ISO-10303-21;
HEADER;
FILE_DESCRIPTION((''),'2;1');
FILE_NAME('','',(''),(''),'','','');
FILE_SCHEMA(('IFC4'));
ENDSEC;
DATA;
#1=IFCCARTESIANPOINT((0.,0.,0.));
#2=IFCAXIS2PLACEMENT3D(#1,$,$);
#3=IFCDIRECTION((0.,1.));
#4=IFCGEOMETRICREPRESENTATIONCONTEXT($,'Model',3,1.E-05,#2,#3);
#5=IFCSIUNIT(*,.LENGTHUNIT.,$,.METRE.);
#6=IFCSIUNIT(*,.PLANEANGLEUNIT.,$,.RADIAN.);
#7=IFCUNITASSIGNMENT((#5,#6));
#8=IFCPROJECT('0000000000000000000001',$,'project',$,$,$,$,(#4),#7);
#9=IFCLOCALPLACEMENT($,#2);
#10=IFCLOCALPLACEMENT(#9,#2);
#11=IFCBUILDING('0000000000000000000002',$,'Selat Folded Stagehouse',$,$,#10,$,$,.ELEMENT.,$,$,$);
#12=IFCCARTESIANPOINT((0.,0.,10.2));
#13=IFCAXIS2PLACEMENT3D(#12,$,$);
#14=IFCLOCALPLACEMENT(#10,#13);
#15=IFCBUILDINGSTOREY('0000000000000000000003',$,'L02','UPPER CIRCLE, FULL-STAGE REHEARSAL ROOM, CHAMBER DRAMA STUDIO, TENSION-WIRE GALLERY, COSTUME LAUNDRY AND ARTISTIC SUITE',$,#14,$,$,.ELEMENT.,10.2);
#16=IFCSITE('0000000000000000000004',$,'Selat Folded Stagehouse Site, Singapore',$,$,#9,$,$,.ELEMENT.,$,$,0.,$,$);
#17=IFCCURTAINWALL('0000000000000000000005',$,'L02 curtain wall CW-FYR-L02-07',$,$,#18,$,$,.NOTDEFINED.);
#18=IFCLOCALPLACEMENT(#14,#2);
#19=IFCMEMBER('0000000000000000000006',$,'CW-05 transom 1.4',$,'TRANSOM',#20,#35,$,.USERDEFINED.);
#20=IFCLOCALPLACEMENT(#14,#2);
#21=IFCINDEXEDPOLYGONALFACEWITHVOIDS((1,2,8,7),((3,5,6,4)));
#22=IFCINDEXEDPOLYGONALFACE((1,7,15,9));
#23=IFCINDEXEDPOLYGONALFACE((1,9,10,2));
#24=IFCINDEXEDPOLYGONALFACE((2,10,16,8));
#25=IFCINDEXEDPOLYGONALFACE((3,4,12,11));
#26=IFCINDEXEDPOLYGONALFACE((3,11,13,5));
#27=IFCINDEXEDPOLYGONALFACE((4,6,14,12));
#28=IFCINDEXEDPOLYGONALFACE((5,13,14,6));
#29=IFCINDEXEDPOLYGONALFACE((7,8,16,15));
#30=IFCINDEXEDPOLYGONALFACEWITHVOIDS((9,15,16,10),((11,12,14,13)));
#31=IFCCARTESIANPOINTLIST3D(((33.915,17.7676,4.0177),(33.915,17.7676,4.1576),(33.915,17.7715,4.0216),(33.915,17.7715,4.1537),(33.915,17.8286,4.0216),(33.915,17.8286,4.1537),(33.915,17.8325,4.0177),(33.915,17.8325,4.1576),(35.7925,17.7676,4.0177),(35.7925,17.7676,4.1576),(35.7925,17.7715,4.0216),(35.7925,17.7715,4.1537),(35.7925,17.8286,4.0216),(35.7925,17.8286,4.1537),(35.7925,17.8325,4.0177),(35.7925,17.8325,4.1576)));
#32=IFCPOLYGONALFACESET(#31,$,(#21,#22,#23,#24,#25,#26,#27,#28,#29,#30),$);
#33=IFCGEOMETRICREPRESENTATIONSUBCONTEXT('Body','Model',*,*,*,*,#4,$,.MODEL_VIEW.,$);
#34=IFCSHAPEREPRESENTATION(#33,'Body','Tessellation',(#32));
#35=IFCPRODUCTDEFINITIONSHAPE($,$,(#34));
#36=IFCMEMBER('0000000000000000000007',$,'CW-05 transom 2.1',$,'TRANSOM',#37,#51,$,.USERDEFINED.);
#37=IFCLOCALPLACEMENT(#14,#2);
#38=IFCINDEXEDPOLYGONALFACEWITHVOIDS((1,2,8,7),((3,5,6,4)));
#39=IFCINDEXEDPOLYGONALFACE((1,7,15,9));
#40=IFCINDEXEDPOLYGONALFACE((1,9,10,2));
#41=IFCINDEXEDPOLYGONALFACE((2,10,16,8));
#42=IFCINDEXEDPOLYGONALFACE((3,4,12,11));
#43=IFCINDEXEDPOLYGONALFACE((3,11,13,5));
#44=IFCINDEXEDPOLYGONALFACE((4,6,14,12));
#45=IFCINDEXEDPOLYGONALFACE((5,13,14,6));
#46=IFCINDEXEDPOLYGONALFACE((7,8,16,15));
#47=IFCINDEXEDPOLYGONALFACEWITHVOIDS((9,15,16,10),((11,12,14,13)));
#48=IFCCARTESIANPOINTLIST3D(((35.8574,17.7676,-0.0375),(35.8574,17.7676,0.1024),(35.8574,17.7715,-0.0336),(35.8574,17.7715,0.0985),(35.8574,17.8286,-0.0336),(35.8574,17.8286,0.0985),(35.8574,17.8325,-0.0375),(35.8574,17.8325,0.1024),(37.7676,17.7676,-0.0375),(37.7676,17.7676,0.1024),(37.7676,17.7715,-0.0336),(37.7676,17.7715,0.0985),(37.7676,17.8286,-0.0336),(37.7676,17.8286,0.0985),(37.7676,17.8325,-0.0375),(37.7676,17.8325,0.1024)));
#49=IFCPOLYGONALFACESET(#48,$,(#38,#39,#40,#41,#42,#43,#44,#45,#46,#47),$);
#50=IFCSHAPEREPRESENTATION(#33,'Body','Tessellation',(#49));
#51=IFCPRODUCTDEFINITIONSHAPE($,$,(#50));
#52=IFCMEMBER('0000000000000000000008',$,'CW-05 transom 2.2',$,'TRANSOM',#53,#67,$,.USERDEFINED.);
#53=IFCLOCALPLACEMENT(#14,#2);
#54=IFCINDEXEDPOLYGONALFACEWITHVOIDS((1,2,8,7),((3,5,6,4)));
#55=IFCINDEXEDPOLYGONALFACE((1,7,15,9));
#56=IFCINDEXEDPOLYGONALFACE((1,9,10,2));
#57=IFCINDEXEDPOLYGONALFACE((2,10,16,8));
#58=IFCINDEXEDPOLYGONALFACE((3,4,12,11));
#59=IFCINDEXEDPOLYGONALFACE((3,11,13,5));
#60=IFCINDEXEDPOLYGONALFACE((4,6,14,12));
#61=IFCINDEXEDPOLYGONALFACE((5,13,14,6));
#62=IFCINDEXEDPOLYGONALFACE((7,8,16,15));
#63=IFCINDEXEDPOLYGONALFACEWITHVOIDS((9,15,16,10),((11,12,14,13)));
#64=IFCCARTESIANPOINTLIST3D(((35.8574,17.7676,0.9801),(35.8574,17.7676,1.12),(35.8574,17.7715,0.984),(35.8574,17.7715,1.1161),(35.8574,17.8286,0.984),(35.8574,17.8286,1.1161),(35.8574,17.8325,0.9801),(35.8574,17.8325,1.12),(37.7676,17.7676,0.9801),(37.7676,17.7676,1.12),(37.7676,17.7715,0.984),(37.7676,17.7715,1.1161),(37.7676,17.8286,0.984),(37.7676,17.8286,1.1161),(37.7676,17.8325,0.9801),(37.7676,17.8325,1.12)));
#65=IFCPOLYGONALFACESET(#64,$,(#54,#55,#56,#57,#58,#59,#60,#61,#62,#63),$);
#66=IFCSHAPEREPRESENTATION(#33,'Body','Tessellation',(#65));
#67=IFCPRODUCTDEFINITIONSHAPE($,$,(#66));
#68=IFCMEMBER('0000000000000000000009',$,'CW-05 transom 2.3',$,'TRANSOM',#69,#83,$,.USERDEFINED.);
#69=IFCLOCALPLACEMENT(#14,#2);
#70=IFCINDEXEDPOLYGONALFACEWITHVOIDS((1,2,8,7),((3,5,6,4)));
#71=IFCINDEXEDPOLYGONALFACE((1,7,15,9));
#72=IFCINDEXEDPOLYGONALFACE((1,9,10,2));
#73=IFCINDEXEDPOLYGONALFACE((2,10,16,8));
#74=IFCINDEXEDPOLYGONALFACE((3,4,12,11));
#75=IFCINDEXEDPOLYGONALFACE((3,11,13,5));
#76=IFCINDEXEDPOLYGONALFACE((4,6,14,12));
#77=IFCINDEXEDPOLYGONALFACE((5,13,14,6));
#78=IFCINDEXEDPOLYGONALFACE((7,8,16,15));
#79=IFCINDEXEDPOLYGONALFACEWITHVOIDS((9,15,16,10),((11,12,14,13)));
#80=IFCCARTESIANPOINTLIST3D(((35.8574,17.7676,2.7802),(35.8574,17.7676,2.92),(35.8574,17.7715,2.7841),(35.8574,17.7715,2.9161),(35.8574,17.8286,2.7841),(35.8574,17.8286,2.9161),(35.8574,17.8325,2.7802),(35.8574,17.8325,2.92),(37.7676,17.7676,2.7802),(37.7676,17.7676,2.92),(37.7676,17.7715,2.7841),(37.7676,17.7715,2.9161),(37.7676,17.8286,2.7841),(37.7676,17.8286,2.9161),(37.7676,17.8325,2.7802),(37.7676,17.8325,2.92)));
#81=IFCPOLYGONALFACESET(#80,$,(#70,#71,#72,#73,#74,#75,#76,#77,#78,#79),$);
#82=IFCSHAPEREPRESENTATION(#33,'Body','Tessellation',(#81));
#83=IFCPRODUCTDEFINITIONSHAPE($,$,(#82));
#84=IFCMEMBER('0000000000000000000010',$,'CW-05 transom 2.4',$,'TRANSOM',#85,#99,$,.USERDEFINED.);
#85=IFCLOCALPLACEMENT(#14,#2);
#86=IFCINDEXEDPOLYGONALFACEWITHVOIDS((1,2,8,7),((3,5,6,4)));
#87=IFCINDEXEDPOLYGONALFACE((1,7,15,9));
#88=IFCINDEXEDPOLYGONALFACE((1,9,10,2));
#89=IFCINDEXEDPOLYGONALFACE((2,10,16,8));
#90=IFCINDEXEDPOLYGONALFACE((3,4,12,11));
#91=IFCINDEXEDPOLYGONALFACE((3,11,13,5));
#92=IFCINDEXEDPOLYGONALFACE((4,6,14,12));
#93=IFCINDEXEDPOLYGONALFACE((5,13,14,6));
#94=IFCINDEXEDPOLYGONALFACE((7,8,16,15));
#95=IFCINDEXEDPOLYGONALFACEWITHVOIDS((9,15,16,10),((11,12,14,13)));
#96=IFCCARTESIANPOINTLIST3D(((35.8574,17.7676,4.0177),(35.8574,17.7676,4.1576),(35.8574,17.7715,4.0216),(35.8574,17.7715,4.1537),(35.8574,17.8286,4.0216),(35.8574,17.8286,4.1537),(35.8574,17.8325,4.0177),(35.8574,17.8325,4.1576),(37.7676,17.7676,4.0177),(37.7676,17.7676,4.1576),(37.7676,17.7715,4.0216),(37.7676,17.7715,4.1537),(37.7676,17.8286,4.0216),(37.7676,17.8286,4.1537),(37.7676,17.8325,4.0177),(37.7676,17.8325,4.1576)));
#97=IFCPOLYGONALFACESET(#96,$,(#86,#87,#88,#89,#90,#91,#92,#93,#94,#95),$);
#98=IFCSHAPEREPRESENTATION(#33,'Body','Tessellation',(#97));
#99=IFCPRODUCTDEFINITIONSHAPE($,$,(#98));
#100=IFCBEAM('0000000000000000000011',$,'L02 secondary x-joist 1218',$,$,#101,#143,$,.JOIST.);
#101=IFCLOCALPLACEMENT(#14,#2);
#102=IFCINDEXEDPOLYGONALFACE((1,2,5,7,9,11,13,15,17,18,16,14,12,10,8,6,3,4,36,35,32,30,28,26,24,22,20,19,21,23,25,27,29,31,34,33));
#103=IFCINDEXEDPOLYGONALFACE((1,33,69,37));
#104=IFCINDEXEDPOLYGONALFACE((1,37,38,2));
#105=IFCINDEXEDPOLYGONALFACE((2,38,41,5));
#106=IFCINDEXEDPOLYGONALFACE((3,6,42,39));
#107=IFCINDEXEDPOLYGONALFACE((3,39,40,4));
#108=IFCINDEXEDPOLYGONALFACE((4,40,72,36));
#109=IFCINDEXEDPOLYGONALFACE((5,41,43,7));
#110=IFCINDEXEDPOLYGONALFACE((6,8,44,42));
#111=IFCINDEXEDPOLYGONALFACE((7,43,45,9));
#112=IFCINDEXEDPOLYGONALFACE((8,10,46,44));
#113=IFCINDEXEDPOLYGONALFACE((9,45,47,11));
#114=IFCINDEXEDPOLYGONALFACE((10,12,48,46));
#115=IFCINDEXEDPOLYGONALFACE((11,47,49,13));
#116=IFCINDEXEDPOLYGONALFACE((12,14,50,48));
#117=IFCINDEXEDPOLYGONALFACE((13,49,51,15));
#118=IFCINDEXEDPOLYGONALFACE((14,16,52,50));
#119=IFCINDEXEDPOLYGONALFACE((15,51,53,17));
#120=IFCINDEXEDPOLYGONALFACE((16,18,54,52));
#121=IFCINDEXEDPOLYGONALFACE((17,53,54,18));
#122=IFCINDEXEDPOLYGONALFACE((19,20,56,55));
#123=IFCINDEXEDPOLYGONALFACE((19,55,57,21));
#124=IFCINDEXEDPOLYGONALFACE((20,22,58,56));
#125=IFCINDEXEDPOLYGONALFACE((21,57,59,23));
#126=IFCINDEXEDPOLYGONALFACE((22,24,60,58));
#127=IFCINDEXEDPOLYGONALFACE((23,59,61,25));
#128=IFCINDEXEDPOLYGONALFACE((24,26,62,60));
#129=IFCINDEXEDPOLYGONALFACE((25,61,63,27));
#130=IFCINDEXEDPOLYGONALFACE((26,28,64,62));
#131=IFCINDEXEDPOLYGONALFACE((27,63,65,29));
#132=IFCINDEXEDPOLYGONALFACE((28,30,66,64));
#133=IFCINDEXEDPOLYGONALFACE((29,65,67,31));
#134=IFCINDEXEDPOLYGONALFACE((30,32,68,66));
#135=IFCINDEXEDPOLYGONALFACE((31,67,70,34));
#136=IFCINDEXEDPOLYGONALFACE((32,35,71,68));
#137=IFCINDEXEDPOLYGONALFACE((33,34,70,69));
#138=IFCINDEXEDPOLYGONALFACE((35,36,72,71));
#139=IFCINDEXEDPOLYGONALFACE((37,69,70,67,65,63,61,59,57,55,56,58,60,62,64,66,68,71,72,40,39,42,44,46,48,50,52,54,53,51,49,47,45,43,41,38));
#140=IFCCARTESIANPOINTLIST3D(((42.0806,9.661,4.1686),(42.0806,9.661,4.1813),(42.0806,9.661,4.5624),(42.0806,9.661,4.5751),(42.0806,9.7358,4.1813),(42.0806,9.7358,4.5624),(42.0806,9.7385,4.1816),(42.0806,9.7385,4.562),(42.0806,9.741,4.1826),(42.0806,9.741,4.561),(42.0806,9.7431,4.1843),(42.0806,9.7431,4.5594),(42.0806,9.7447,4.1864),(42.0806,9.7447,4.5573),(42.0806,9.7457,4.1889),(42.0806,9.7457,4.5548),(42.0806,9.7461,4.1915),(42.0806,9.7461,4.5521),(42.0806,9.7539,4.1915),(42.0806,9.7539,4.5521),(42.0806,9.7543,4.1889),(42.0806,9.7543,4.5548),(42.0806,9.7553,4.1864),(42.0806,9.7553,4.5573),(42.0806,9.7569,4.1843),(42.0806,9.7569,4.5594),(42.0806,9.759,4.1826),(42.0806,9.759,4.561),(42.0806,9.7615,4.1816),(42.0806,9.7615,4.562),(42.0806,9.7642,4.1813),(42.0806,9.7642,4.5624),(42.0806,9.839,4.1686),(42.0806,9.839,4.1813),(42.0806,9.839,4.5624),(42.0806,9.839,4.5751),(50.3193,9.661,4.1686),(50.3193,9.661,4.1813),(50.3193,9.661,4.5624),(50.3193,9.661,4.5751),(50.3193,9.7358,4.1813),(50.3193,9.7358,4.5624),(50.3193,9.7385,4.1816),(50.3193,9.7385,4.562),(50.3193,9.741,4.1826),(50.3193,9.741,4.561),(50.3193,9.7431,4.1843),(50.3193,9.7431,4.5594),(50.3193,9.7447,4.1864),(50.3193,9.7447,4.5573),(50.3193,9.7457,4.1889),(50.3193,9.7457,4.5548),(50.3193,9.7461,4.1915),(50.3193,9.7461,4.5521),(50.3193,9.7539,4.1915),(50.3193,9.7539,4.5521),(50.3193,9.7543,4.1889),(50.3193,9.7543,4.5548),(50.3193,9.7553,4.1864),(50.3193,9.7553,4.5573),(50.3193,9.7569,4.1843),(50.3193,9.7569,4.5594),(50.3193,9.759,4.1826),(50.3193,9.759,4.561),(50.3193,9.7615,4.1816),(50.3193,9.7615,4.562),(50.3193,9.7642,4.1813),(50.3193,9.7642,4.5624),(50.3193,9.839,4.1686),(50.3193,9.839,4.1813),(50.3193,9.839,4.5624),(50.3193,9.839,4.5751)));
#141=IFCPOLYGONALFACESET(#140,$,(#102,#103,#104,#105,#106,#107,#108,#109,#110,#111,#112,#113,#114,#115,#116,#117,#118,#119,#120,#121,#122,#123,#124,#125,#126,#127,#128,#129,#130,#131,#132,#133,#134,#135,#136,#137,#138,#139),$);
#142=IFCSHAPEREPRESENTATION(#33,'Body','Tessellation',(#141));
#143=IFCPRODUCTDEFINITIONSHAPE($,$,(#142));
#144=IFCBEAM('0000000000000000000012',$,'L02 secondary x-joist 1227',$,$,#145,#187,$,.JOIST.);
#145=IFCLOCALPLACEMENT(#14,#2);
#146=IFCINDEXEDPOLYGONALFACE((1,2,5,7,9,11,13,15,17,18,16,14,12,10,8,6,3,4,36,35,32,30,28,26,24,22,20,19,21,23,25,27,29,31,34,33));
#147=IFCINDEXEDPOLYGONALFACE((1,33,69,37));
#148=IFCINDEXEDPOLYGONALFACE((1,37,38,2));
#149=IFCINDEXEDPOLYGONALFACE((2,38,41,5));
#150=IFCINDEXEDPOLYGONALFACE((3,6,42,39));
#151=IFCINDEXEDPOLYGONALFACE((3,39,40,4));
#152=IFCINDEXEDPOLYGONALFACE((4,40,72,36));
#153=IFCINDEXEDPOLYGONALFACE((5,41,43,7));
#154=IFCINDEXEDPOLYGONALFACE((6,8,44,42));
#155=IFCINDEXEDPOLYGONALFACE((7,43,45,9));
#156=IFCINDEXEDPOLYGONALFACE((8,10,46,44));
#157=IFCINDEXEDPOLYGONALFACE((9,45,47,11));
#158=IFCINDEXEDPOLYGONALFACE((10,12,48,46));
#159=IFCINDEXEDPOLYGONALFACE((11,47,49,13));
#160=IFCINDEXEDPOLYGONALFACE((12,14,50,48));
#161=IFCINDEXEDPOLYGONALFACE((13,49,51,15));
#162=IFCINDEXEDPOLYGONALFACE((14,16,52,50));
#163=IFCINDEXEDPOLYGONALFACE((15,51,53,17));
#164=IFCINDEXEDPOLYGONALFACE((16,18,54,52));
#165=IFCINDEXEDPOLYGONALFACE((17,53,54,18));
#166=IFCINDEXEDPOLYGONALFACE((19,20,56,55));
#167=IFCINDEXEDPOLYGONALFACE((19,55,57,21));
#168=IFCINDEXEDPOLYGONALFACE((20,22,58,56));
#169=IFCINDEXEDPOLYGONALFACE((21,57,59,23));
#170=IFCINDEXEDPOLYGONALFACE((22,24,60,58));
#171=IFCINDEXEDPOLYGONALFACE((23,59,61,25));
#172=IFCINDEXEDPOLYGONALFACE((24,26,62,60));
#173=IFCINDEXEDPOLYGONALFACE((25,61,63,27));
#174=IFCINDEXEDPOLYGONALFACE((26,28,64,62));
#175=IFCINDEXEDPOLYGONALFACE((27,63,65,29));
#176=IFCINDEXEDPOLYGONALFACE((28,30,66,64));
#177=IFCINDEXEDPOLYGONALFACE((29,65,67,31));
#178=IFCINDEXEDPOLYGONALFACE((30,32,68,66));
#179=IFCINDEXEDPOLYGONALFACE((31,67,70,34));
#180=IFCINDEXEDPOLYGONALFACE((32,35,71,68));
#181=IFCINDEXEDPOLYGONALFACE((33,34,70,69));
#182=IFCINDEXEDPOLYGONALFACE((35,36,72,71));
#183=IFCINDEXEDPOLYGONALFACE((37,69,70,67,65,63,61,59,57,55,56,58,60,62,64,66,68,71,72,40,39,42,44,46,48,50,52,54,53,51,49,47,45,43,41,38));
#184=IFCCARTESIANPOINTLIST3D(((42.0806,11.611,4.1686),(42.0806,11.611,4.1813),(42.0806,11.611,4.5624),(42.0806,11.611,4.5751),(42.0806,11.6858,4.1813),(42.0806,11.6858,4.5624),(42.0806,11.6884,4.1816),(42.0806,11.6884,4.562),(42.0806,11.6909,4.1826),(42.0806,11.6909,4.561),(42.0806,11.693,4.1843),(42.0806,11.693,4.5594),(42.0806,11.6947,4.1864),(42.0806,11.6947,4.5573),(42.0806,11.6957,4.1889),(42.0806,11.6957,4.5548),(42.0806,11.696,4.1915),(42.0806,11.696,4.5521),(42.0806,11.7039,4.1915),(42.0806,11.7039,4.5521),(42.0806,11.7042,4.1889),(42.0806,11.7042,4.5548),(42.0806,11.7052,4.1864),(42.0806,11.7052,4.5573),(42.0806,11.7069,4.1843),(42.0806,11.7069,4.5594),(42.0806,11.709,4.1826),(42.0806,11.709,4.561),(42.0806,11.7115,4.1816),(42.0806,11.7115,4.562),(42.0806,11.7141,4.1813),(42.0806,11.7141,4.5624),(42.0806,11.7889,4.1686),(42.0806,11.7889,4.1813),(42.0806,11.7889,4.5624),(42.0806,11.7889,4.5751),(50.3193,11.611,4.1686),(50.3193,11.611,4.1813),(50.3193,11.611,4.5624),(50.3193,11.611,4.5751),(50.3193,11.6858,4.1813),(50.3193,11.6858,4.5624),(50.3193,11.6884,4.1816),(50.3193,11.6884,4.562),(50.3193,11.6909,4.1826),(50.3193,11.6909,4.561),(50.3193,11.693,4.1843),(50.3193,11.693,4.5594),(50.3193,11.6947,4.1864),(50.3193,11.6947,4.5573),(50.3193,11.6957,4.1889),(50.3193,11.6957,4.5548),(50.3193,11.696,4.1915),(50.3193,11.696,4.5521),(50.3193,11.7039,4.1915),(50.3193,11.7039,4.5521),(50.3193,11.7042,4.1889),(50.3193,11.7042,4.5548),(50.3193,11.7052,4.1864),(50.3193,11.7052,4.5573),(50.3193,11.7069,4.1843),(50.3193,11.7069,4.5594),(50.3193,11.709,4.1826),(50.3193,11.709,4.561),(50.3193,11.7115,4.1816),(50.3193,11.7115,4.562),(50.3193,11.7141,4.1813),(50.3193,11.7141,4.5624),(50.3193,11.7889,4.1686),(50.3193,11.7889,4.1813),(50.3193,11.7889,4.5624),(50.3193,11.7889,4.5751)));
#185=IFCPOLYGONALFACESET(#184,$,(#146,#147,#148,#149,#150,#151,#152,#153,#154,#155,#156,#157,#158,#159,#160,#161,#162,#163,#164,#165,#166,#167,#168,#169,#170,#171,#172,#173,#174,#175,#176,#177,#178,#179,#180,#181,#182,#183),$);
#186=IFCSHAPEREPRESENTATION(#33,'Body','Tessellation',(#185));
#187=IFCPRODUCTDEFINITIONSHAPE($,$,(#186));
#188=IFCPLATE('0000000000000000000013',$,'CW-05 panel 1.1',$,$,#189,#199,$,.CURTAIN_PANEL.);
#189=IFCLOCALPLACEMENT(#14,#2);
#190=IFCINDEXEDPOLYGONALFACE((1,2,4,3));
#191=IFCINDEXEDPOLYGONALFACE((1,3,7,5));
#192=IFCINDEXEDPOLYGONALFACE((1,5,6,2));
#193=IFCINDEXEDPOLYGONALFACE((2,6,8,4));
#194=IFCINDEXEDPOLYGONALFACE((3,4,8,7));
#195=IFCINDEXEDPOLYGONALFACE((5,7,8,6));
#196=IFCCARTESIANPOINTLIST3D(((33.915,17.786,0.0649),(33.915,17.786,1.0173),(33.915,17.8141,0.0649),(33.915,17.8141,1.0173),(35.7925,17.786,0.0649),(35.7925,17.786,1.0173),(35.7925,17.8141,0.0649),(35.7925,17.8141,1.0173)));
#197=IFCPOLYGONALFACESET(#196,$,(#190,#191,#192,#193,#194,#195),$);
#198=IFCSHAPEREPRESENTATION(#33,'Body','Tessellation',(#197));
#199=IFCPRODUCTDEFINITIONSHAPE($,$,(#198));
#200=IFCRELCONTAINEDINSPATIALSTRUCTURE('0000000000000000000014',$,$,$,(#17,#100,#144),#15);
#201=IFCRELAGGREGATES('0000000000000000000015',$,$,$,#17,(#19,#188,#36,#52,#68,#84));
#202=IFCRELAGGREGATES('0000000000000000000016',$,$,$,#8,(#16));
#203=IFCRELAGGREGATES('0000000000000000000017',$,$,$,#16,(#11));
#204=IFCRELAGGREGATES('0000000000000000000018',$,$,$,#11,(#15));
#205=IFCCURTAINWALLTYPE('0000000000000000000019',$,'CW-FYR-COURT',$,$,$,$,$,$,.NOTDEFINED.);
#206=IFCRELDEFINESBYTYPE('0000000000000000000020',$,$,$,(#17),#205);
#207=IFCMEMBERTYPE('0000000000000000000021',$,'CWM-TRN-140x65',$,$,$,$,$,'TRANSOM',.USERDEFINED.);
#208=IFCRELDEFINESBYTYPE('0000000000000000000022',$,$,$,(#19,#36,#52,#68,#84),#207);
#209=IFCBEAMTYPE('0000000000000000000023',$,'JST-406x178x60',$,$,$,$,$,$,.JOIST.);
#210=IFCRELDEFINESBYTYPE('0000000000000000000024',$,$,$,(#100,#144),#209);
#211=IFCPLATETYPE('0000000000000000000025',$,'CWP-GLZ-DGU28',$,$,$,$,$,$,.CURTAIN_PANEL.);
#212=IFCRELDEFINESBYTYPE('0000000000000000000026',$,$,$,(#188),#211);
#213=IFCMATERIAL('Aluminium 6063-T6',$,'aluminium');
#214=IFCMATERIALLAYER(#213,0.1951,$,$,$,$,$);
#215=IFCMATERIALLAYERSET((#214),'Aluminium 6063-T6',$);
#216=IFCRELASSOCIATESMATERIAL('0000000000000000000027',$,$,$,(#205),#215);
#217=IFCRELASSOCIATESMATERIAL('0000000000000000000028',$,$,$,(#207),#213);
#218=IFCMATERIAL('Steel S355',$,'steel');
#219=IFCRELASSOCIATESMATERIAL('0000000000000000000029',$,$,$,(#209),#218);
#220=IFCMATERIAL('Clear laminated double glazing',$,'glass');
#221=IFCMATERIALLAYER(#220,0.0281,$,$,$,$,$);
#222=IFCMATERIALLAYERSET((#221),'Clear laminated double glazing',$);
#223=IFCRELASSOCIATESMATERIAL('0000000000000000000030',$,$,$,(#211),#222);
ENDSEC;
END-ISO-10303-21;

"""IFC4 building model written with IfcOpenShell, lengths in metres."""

from ifc_helpers import new_model, si_unit, direction, frame, origin, origin_2d, place, context, subcontext, project, spatial, rectangle, hollow_rectangle, i_section, extrude, material, layer, layer_set, material_profile, profile_set, type_object, element, aggregate, save


model = new_model("IFC4")

# Units and contexts
model_context = context("Model", 3, precision=1e-05, world=origin(), true_north=direction((0.0, 1.0)))
body_context = subcontext(model_context, "Body", "Model", "MODEL_VIEW")
ifc_project = project(units=[si_unit("LENGTHUNIT", "METRE"), si_unit("PLANEANGLEUNIT", "RADIAN")], contexts=[model_context])

# Site, building, storey
site_placement = place(None, origin())
site = spatial("IfcSite", under=ifc_project, at=site_placement, Name="Selat Folded Stagehouse Site, Singapore", CompositionType="ELEMENT", RefElevation=0.0)
building_placement = place(site_placement, origin())
building = spatial("IfcBuilding", under=site, at=building_placement, Name="Selat Folded Stagehouse", CompositionType="ELEMENT")
storey_placement = place(building_placement, frame((0.0, 0.0, 10.2)))
storey = spatial("IfcBuildingStorey", under=building, at=storey_placement, Name="L02", Description="UPPER CIRCLE, FULL-STAGE REHEARSAL ROOM, CHAMBER DRAMA STUDIO, TENSION-WIRE GALLERY, COSTUME LAUNDRY AND ARTISTIC SUITE", CompositionType="ELEMENT", Elevation=10.2)

# Shared definitions
ifc_material_1 = material(Name="Steel S355", Category="steel")

# Curtain wall, members
ifc_material_2 = material(Name="Aluminium 6063-T6", Category="aluminium")
ifc_layer_1 = layer(ifc_material_2, 0.1951)
ifc_layer_set_1 = layer_set([ifc_layer_1], Name="Aluminium 6063-T6")
curtain_wall_type = type_object("IfcCurtainWallType", Name="CW-FYR-COURT", PredefinedType="NOTDEFINED", material=ifc_layer_set_1)
curtain_wall_placement = place(storey_placement, origin())
curtain_wall = element("IfcCurtainWall", 1, at=curtain_wall_placement, inside=storey, type_object=curtain_wall_type, Name="L02 curtain wall CW-FYR-L02-07", PredefinedType="NOTDEFINED")
ifc_material_profile_1 = material_profile(ifc_material_2, hollow_rectangle(XDim=0.0649, YDim=0.1399, WallThickness=0.0039, at=origin_2d()), Name="ALU 140x65x4.0")
ifc_profile_set_1 = profile_set([ifc_material_profile_1], Name="Aluminium 6063-T6")
member_type_1 = type_object("IfcMemberType", Name="CWM-TRN-140x65", ElementType="TRANSOM", PredefinedType="USERDEFINED", material=ifc_profile_set_1)
member_1_placement = place(storey_placement, frame((33.915, 17.8, 4.0876), z_axis=(1.0, 0.0, 0.0), x_axis=(0.0, 1.0, 0.0)))
member_1 = element("IfcMember", 2, at=member_1_placement, type_object=member_type_1, Name="CW-05 transom 1.4", ObjectType="TRANSOM", PredefinedType="USERDEFINED", context=body_context, shape_type="SweptSolid", body=[
    extrude(hollow_rectangle(XDim=0.0649, YDim=0.1399, WallThickness=0.0039, at=origin_2d()), origin(), (0.0, 0.0, 1.0), 1.8774),
])
member_2_placement = place(storey_placement, frame((35.8574, 17.8, 0.0325), z_axis=(1.0, 0.0, 0.0), x_axis=(0.0, 1.0, 0.0)))
member_2 = element("IfcMember", 3, at=member_2_placement, type_object=member_type_1, Name="CW-05 transom 2.1", ObjectType="TRANSOM", PredefinedType="USERDEFINED", context=body_context, shape_type="SweptSolid", body=[
    extrude(hollow_rectangle(XDim=0.0649, YDim=0.1399, WallThickness=0.0039, at=origin_2d()), origin(), (0.0, 0.0, 1.0), 1.9102),
])
member_3_placement = place(storey_placement, frame((35.8574, 17.8, 1.05), z_axis=(1.0, 0.0, 0.0), x_axis=(0.0, 1.0, 0.0)))
member_3 = element("IfcMember", 4, at=member_3_placement, type_object=member_type_1, Name="CW-05 transom 2.2", ObjectType="TRANSOM", PredefinedType="USERDEFINED", context=body_context, shape_type="SweptSolid", body=[
    extrude(hollow_rectangle(XDim=0.0649, YDim=0.1399, WallThickness=0.0039, at=origin_2d()), origin(), (0.0, 0.0, 1.0), 1.9102),
])
member_4_placement = place(storey_placement, frame((35.8574, 17.8, 2.8501), z_axis=(1.0, 0.0, 0.0), x_axis=(0.0, 1.0, 0.0)))
member_4 = element("IfcMember", 5, at=member_4_placement, type_object=member_type_1, Name="CW-05 transom 2.3", ObjectType="TRANSOM", PredefinedType="USERDEFINED", context=body_context, shape_type="SweptSolid", body=[
    extrude(hollow_rectangle(XDim=0.0649, YDim=0.1399, WallThickness=0.0039, at=origin_2d()), origin(), (0.0, 0.0, 1.0), 1.9102),
])
member_5_placement = place(storey_placement, frame((35.8574, 17.8, 4.0876), z_axis=(1.0, 0.0, 0.0), x_axis=(0.0, 1.0, 0.0)))
member_5 = element("IfcMember", 6, at=member_5_placement, type_object=member_type_1, Name="CW-05 transom 2.4", ObjectType="TRANSOM", PredefinedType="USERDEFINED", context=body_context, shape_type="SweptSolid", body=[
    extrude(hollow_rectangle(XDim=0.0649, YDim=0.1399, WallThickness=0.0039, at=origin_2d()), origin(), (0.0, 0.0, 1.0), 1.9102),
])

# Beams
ifc_material_profile_2 = material_profile(ifc_material_1, i_section(OverallWidth=0.178, OverallDepth=0.4065, WebThickness=0.0078, FlangeThickness=0.0127, FilletRadius=0.0103, at=origin_2d()), Name="UKB 406x178x60")
ifc_profile_set_2 = profile_set([ifc_material_profile_2], Name="Steel S355")
beam_type_1 = type_object("IfcBeamType", Name="JST-406x178x60", PredefinedType="JOIST", material=ifc_profile_set_2)
for number, where, z_axis, x_axis, name in (
    (7, (42.0806, 9.75, 4.3718), (1.0, 0.0, 0.0), (0.0, 1.0, 0.0), "L02 secondary x-joist 1218"),
    (8, (42.0806, 11.7, 4.3718), (1.0, 0.0, 0.0), (0.0, 1.0, 0.0), "L02 secondary x-joist 1227"),
):
    element("IfcBeam", number, at=place(storey_placement, frame(where, z_axis=z_axis, x_axis=x_axis)), inside=storey, type_object=beam_type_1, Name=name, PredefinedType="JOIST", context=body_context, shape_type="SweptSolid", body=[
        extrude(i_section(OverallWidth=0.178, OverallDepth=0.4065, WebThickness=0.0078, FlangeThickness=0.0127, FilletRadius=0.0103, at=origin_2d()), origin(), (0.0, 0.0, 1.0), 8.2388),
    ])

# Plate
ifc_material_3 = material(Name="Clear laminated double glazing", Category="glass")
ifc_layer_2 = layer(ifc_material_3, 0.0281)
ifc_layer_set_2 = layer_set([ifc_layer_2], Name="Clear laminated double glazing")
plate_type = type_object("IfcPlateType", Name="CWP-GLZ-DGU28", PredefinedType="CURTAIN_PANEL", material=ifc_layer_set_2)
plate_1_placement = place(storey_placement, frame((34.8538, 17.8, 0.0649), z_axis=(0.0, 0.0, 1.0), x_axis=(1.0, 0.0, 0.0)))
plate_1 = element("IfcPlate", 9, at=plate_1_placement, type_object=plate_type, Name="CW-05 panel 1.1", PredefinedType="CURTAIN_PANEL", context=body_context, shape_type="SweptSolid", body=[
    extrude(rectangle(XDim=1.8774, YDim=0.0281, at=origin_2d()), origin(), (0.0, 0.0, 1.0), 0.9524),
])
aggregate(curtain_wall, [member_1, plate_1, member_2, member_3, member_4, member_5])

save(model, "model.ifc")
